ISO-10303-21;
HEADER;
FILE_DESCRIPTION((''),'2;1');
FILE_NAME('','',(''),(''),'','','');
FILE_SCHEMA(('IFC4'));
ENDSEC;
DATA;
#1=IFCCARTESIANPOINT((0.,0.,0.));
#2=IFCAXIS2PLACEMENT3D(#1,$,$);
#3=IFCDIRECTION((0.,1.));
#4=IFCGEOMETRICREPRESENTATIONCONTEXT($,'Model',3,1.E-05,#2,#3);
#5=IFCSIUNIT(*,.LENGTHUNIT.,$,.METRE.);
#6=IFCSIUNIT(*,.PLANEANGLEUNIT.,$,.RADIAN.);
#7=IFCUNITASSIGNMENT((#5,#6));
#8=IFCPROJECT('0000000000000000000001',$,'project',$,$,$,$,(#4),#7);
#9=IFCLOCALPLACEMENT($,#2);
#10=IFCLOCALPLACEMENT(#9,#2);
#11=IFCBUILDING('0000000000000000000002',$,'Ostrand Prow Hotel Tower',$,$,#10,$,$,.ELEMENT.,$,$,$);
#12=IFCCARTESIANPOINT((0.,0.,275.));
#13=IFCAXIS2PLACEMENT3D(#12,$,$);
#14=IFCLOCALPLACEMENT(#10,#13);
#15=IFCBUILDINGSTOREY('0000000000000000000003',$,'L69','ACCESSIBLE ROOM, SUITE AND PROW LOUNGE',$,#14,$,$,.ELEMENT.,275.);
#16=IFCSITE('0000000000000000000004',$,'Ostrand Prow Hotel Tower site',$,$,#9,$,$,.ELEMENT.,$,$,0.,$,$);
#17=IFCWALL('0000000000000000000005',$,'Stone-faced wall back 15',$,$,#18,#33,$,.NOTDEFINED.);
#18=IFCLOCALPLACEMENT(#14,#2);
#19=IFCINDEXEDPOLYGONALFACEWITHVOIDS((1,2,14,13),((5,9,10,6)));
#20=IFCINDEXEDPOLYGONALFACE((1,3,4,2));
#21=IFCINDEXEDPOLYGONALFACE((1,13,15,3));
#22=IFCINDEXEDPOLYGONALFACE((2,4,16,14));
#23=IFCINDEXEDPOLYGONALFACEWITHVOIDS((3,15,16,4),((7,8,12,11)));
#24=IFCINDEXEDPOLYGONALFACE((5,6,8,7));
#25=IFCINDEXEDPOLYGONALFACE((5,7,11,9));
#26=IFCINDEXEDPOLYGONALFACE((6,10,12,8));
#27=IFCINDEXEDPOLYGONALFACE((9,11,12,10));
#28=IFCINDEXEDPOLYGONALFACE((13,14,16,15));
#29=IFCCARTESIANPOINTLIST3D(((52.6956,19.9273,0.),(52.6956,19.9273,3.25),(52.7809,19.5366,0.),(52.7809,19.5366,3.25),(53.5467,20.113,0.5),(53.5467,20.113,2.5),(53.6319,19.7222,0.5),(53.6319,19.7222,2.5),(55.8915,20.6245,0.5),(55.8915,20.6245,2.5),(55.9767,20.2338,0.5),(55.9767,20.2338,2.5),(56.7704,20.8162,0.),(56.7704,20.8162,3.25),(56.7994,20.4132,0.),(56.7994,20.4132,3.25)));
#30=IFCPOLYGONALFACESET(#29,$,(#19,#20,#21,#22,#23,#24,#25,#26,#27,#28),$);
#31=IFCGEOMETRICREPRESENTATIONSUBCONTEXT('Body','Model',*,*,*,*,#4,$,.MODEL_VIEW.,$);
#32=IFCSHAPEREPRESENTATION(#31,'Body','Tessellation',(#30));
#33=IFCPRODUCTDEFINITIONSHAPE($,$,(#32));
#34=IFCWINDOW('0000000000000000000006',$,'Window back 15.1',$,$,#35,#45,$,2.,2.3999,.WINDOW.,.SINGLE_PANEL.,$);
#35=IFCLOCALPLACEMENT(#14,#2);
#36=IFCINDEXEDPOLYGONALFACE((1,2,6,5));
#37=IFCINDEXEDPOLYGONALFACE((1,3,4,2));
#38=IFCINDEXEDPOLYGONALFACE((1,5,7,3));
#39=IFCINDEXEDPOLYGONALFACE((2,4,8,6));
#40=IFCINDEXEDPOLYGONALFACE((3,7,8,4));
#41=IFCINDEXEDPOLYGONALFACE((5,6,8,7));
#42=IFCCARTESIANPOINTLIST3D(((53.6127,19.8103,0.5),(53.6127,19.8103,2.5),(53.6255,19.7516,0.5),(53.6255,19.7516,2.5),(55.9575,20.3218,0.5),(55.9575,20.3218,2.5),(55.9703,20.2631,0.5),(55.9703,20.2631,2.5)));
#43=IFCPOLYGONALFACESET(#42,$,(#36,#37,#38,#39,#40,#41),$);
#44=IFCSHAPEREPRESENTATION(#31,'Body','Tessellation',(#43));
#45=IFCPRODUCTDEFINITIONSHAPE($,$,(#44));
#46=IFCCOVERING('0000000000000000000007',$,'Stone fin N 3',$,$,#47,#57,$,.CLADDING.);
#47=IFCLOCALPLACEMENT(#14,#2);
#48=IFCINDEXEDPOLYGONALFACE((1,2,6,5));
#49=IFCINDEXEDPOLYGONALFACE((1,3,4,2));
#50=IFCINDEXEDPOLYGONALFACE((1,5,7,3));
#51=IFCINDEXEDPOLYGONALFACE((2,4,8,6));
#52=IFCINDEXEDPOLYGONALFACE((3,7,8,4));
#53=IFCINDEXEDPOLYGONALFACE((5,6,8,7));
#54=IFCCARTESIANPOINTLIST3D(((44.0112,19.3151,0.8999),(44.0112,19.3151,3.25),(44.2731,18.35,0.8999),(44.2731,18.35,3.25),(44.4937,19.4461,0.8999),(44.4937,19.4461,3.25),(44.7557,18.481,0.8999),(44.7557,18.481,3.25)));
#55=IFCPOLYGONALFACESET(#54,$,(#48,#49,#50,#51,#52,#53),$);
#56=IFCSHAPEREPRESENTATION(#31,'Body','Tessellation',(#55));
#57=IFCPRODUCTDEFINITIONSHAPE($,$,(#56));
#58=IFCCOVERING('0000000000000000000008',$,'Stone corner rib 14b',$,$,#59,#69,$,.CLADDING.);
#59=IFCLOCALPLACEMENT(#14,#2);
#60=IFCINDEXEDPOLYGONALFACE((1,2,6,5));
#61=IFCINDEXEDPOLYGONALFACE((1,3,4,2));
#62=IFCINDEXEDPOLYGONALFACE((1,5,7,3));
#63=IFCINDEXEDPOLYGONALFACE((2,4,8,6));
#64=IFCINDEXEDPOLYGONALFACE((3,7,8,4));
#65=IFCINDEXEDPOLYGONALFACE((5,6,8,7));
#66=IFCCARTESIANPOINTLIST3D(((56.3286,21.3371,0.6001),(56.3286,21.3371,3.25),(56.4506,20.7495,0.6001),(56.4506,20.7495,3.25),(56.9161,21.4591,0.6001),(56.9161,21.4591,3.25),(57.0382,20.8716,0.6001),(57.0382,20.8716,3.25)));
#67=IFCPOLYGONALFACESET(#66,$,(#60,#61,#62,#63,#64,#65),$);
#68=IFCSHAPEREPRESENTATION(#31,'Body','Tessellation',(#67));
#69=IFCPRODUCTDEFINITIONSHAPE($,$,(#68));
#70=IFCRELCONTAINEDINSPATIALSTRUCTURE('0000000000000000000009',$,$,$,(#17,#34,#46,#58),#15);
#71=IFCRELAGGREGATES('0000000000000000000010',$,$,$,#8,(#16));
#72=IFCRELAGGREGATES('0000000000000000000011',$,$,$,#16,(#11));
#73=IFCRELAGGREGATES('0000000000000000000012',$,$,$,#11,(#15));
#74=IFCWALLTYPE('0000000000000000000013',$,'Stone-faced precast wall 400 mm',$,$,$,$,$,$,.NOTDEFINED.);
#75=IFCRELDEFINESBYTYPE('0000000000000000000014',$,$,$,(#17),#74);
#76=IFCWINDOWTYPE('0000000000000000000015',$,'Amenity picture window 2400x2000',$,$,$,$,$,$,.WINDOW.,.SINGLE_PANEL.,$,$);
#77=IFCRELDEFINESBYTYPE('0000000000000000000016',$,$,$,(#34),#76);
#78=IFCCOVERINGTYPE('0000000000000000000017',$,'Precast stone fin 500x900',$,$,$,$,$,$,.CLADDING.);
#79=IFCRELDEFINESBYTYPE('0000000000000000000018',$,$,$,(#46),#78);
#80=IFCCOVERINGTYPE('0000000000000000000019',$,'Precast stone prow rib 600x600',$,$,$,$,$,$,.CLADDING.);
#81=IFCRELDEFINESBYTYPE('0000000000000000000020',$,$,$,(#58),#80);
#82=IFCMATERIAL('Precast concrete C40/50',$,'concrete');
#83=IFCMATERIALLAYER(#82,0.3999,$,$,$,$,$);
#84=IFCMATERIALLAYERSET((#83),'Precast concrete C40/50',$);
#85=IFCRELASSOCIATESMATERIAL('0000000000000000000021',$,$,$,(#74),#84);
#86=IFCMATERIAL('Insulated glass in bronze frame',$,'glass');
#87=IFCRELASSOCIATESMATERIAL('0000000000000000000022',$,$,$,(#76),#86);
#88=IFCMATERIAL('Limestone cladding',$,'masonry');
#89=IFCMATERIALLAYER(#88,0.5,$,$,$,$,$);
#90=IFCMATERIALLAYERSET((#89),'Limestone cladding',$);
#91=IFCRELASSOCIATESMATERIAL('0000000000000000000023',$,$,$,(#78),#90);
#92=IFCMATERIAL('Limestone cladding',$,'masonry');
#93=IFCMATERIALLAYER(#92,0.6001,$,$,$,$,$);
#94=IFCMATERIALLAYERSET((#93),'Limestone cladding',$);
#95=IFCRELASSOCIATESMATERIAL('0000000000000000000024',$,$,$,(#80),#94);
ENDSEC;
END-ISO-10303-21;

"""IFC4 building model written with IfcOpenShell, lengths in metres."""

from ifc_helpers import new_model, si_unit, direction, frame, frame_2d, origin, place, context, subcontext, project, spatial, polyline, rectangle, outline, extrude, material, layer, layer_set, type_object, element, fill, save


model = new_model("IFC4")

# Units and contexts
model_context = context("Model", 3, precision=1e-05, world=origin(), true_north=direction((0.0, 1.0)))
body_context = subcontext(model_context, "Body", "Model", "MODEL_VIEW")
ifc_project = project(units=[si_unit("LENGTHUNIT", "METRE"), si_unit("PLANEANGLEUNIT", "RADIAN")], contexts=[model_context])

# Site, building, storey
site_placement = place(None, origin())
site = spatial("IfcSite", under=ifc_project, at=site_placement, Name="Ostrand Prow Hotel Tower site", CompositionType="ELEMENT", RefElevation=0.0)
building_placement = place(site_placement, origin())
building = spatial("IfcBuilding", under=site, at=building_placement, Name="Ostrand Prow Hotel Tower", CompositionType="ELEMENT")
storey_placement = place(building_placement, frame((0.0, 0.0, 275.0)))
storey = spatial("IfcBuildingStorey", under=building, at=storey_placement, Name="L69", Description="ACCESSIBLE ROOM, SUITE AND PROW LOUNGE", CompositionType="ELEMENT", Elevation=275.0)

# Wall, opening, window
ifc_material_1 = material(Name="Precast concrete C40/50", Category="concrete")
ifc_layer_1 = layer(ifc_material_1, 0.3999)
ifc_layer_set_1 = layer_set([ifc_layer_1], Name="Precast concrete C40/50")
wall_type_1 = type_object("IfcWallType", Name="Stone-faced precast wall 400 mm", PredefinedType="NOTDEFINED", material=ifc_layer_set_1)
wall_1_placement = place(storey_placement, frame((56.7849, 20.6147, 0.0), z_axis=(0.0, 0.0, 1.0), x_axis=(-0.97702, -0.213147, 0.0)))
wall_1 = element("IfcWall", 1, at=wall_1_placement, inside=storey, type_object=wall_type_1, Name="Stone-faced wall back 15", PredefinedType="NOTDEFINED", context=body_context, shape_type="SweptSolid", body=[
    extrude(outline(polyline([(-0.0288, -0.2), (4.1418, -0.2), (4.1418, 0.2), (0.0288, 0.2), (-0.0288, -0.2)])), origin(), (0.0, 0.0, 1.0), 3.25),
])
opening_placement = place(wall_1_placement, frame((0.8708, 0.0, 0.5)))
opening = element("IfcOpeningElement", 2, at=opening_placement, cuts=wall_1, PredefinedType="OPENING", context=body_context, shape_type="SweptSolid", body=[
    extrude(rectangle(XDim=2.3999, YDim=2.0, at=frame_2d((1.2, 1.0))), frame((0.0, 0.21, 0.0), z_axis=(0.0, -1.0, 0.0), x_axis=(1.0, 0.0, 0.0)), (0.0, 0.0, 1.0), 0.4199),
])
ifc_material_2 = material(Name="Insulated glass in bronze frame", Category="glass")
window_type = type_object("IfcWindowType", Name="Amenity picture window 2400x2000", PartitioningType="SINGLE_PANEL", PredefinedType="WINDOW", material=ifc_material_2)
window_placement = place(opening_placement, origin())
window = element("IfcWindow", 3, at=window_placement, inside=storey, type_object=window_type, Name="Window back 15.1", OverallHeight=2.0, OverallWidth=2.3999, PartitioningType="SINGLE_PANEL", PredefinedType="WINDOW", context=body_context, shape_type="SweptSolid", body=[
    extrude(rectangle(XDim=2.3999, YDim=2.0, at=frame_2d((1.2, 1.0))), frame((0.0, 0.1699, 0.0), z_axis=(0.0, -1.0, 0.0), x_axis=(1.0, 0.0, 0.0)), (0.0, 0.0, 1.0), 0.0601),
])
fill(opening, window)

# Coverings
ifc_material_3 = material(Name="Limestone cladding", Category="masonry")
ifc_layer_2 = layer(ifc_material_3, 0.5)
ifc_layer_set_2 = layer_set([ifc_layer_2], Name="Limestone cladding")
covering_type_1 = type_object("IfcCoveringType", Name="Precast stone fin 500x900", PredefinedType="CLADDING", material=ifc_layer_set_2)
covering_1_placement = place(storey_placement, frame((44.5144, 18.4155, 0.8999), z_axis=(0.0, 0.0, 1.0), x_axis=(-0.26196, 0.965079, 0.0)))
element("IfcCovering", 4, at=covering_1_placement, inside=storey, type_object=covering_type_1, Name="Stone fin N 3", PredefinedType="CLADDING", context=body_context, shape_type="SweptSolid", body=[
    extrude(rectangle(XDim=1.0, YDim=0.5, at=frame_2d((0.5, 0.0))), origin(), (0.0, 0.0, 1.0), 2.3501),
])
ifc_material_4 = material(Name="Limestone cladding", Category="masonry")
ifc_layer_3 = layer(ifc_material_4, 0.6001)
ifc_layer_set_3 = layer_set([ifc_layer_3], Name="Limestone cladding")
covering_type_2 = type_object("IfcCoveringType", Name="Precast stone prow rib 600x600", PredefinedType="CLADDING", material=ifc_layer_set_3)
covering_2_placement = place(storey_placement, frame((56.7444, 20.8105, 0.6001), z_axis=(0.0, 0.0, 1.0), x_axis=(-0.203386, 0.979099, 0.0)))
element("IfcCovering", 5, at=covering_2_placement, inside=storey, type_object=covering_type_2, Name="Stone corner rib 14b", PredefinedType="CLADDING", context=body_context, shape_type="SweptSolid", body=[
    extrude(rectangle(XDim=0.6001, YDim=0.6001, at=frame_2d((0.3, 0.0))), origin(), (0.0, 0.0, 1.0), 2.6499),
])

save(model, "model.ifc")
